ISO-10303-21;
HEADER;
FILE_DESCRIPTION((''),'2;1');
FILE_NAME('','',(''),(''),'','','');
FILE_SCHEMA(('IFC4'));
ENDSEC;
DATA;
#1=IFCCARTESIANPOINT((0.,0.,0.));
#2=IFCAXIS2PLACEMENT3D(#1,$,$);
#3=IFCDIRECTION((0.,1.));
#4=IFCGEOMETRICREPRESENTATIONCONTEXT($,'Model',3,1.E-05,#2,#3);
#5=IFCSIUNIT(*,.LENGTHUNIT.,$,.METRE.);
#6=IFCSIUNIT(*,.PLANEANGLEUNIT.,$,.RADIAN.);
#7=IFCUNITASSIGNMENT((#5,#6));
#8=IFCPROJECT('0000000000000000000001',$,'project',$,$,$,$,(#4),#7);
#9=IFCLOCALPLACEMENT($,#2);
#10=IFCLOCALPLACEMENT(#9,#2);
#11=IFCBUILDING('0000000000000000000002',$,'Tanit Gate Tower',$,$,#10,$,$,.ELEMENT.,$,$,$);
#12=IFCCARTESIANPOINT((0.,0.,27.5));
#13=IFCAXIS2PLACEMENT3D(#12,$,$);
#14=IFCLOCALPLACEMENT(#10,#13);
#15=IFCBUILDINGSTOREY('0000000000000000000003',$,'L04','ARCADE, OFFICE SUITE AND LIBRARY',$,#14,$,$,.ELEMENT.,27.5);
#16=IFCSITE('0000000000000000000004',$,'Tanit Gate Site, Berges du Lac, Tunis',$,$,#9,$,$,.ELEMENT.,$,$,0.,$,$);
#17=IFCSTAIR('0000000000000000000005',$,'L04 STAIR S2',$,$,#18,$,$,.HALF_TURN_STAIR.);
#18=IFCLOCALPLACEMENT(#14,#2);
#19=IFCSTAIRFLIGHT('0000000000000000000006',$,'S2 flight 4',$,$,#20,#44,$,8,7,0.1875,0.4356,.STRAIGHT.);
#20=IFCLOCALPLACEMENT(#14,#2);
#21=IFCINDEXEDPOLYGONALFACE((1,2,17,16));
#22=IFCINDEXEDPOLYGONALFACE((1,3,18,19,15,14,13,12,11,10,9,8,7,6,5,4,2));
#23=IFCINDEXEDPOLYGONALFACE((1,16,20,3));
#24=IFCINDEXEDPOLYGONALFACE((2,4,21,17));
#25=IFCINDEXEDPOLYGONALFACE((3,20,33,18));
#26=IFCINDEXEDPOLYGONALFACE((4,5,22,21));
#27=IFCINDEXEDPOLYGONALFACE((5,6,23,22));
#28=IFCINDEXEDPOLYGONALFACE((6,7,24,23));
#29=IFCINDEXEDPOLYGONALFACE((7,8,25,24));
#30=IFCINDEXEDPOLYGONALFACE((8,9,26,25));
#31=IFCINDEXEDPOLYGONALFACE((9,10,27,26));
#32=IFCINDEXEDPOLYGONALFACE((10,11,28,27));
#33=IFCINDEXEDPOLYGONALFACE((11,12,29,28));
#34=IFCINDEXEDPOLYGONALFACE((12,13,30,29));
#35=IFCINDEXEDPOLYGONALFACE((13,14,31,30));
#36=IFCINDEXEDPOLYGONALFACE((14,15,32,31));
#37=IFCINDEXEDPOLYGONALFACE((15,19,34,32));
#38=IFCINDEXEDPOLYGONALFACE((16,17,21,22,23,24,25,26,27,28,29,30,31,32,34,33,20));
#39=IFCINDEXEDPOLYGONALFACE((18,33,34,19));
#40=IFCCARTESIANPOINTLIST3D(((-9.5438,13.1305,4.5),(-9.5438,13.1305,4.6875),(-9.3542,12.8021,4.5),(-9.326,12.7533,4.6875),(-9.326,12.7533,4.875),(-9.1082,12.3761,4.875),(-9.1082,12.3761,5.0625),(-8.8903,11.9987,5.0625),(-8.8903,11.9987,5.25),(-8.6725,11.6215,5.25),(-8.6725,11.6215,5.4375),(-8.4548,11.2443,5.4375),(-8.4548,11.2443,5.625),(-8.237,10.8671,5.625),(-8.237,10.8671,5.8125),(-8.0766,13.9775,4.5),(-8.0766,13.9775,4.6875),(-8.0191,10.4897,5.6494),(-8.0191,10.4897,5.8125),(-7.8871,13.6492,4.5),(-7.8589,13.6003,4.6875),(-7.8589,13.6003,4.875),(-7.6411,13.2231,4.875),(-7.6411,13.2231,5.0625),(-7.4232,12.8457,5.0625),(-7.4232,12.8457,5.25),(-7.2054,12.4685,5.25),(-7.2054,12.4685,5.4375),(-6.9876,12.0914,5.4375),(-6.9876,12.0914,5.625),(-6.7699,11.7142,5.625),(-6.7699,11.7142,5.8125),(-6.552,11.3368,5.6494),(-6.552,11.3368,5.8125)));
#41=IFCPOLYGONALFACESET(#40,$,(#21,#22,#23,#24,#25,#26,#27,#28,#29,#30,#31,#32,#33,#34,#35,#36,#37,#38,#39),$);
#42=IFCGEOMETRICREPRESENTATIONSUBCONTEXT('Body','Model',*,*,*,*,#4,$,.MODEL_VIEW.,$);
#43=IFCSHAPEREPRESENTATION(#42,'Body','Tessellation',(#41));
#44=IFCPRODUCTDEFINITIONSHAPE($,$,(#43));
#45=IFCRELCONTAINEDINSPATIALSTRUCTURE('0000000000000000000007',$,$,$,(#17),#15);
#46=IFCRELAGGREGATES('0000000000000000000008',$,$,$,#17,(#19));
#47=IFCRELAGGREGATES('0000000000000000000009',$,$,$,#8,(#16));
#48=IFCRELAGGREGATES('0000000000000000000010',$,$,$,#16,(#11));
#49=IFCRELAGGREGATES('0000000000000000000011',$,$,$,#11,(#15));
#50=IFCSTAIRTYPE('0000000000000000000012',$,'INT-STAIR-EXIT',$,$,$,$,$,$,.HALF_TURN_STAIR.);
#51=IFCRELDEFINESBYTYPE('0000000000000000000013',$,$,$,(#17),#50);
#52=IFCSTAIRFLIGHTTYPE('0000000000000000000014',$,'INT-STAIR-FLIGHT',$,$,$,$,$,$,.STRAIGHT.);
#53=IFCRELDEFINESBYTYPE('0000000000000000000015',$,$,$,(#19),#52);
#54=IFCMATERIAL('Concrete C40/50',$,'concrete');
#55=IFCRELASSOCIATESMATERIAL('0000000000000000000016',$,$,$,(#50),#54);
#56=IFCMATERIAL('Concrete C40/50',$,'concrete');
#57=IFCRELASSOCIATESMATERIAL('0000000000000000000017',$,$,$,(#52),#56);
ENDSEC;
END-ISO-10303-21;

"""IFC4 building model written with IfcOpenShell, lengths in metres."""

from ifc_helpers import new_model, si_unit, direction, frame, origin, place, context, subcontext, project, spatial, polyline, outline, extrude, material, type_object, element, aggregate, save


model = new_model("IFC4")

# Units and contexts
model_context = context("Model", 3, precision=1e-05, world=origin(), true_north=direction((0.0, 1.0)))
body_context = subcontext(model_context, "Body", "Model", "MODEL_VIEW")
ifc_project = project(units=[si_unit("LENGTHUNIT", "METRE"), si_unit("PLANEANGLEUNIT", "RADIAN")], contexts=[model_context])

# Site, building, storey
site_placement = place(None, origin())
site = spatial("IfcSite", under=ifc_project, at=site_placement, Name="Tanit Gate Site, Berges du Lac, Tunis", CompositionType="ELEMENT", RefElevation=0.0)
building_placement = place(site_placement, origin())
building = spatial("IfcBuilding", under=site, at=building_placement, Name="Tanit Gate Tower", CompositionType="ELEMENT")
storey_placement = place(building_placement, frame((0.0, 0.0, 27.5)))
storey = spatial("IfcBuildingStorey", under=building, at=storey_placement, Name="L04", Description="ARCADE, OFFICE SUITE AND LIBRARY", CompositionType="ELEMENT", Elevation=27.5)

# Stair, stair flight
ifc_material_1 = material(Name="Concrete C40/50", Category="concrete")
stair_type = type_object("IfcStairType", Name="INT-STAIR-EXIT", PredefinedType="HALF_TURN_STAIR", material=ifc_material_1)
stair_placement = place(storey_placement, origin())
stair = element("IfcStair", 1, at=stair_placement, inside=storey, type_object=stair_type, Name="L04 STAIR S2", PredefinedType="HALF_TURN_STAIR")
ifc_material_2 = material(Name="Concrete C40/50", Category="concrete")
stair_flight_type = type_object("IfcStairFlightType", Name="INT-STAIR-FLIGHT", PredefinedType="STRAIGHT", material=ifc_material_2)
stair_flight_1_placement = place(storey_placement, frame((-8.8103, 13.554, 4.5), z_axis=(0.0, 0.0, 1.0), x_axis=(0.5, -0.866025, 0.0)))
stair_flight_1 = element("IfcStairFlight", 2, at=stair_flight_1_placement, type_object=stair_flight_type, Name="S2 flight 4", NumberOfRisers=8, NumberOfTreads=7, PredefinedType="STRAIGHT", RiserHeight=0.1875, TreadLength=0.4356, context=body_context, shape_type="SweptSolid", body=[
    extrude(outline(polyline([(0.0, 0.0), (0.0, 0.1875), (0.4355, 0.1875), (0.4355, 0.375), (0.8711, 0.375), (0.8711, 0.5625), (1.3069, 0.5625), (1.3069, 0.75), (1.7424, 0.75), (1.7424, 0.9375), (2.178, 0.9375), (2.178, 1.125), (2.6135, 1.125), (2.6135, 1.3125), (3.0493, 1.3125), (3.0493, 1.5), (3.0493, 1.1494), (0.3792, 0.0), (0.0, 0.0)])), frame((0.0, 0.8472, 0.0), z_axis=(0.0, -1.0, 0.0), x_axis=(1.0, 0.0, 0.0)), (0.0, 0.0, 1.0), 1.6941),
])
aggregate(stair, [stair_flight_1])

save(model, "model.ifc")
